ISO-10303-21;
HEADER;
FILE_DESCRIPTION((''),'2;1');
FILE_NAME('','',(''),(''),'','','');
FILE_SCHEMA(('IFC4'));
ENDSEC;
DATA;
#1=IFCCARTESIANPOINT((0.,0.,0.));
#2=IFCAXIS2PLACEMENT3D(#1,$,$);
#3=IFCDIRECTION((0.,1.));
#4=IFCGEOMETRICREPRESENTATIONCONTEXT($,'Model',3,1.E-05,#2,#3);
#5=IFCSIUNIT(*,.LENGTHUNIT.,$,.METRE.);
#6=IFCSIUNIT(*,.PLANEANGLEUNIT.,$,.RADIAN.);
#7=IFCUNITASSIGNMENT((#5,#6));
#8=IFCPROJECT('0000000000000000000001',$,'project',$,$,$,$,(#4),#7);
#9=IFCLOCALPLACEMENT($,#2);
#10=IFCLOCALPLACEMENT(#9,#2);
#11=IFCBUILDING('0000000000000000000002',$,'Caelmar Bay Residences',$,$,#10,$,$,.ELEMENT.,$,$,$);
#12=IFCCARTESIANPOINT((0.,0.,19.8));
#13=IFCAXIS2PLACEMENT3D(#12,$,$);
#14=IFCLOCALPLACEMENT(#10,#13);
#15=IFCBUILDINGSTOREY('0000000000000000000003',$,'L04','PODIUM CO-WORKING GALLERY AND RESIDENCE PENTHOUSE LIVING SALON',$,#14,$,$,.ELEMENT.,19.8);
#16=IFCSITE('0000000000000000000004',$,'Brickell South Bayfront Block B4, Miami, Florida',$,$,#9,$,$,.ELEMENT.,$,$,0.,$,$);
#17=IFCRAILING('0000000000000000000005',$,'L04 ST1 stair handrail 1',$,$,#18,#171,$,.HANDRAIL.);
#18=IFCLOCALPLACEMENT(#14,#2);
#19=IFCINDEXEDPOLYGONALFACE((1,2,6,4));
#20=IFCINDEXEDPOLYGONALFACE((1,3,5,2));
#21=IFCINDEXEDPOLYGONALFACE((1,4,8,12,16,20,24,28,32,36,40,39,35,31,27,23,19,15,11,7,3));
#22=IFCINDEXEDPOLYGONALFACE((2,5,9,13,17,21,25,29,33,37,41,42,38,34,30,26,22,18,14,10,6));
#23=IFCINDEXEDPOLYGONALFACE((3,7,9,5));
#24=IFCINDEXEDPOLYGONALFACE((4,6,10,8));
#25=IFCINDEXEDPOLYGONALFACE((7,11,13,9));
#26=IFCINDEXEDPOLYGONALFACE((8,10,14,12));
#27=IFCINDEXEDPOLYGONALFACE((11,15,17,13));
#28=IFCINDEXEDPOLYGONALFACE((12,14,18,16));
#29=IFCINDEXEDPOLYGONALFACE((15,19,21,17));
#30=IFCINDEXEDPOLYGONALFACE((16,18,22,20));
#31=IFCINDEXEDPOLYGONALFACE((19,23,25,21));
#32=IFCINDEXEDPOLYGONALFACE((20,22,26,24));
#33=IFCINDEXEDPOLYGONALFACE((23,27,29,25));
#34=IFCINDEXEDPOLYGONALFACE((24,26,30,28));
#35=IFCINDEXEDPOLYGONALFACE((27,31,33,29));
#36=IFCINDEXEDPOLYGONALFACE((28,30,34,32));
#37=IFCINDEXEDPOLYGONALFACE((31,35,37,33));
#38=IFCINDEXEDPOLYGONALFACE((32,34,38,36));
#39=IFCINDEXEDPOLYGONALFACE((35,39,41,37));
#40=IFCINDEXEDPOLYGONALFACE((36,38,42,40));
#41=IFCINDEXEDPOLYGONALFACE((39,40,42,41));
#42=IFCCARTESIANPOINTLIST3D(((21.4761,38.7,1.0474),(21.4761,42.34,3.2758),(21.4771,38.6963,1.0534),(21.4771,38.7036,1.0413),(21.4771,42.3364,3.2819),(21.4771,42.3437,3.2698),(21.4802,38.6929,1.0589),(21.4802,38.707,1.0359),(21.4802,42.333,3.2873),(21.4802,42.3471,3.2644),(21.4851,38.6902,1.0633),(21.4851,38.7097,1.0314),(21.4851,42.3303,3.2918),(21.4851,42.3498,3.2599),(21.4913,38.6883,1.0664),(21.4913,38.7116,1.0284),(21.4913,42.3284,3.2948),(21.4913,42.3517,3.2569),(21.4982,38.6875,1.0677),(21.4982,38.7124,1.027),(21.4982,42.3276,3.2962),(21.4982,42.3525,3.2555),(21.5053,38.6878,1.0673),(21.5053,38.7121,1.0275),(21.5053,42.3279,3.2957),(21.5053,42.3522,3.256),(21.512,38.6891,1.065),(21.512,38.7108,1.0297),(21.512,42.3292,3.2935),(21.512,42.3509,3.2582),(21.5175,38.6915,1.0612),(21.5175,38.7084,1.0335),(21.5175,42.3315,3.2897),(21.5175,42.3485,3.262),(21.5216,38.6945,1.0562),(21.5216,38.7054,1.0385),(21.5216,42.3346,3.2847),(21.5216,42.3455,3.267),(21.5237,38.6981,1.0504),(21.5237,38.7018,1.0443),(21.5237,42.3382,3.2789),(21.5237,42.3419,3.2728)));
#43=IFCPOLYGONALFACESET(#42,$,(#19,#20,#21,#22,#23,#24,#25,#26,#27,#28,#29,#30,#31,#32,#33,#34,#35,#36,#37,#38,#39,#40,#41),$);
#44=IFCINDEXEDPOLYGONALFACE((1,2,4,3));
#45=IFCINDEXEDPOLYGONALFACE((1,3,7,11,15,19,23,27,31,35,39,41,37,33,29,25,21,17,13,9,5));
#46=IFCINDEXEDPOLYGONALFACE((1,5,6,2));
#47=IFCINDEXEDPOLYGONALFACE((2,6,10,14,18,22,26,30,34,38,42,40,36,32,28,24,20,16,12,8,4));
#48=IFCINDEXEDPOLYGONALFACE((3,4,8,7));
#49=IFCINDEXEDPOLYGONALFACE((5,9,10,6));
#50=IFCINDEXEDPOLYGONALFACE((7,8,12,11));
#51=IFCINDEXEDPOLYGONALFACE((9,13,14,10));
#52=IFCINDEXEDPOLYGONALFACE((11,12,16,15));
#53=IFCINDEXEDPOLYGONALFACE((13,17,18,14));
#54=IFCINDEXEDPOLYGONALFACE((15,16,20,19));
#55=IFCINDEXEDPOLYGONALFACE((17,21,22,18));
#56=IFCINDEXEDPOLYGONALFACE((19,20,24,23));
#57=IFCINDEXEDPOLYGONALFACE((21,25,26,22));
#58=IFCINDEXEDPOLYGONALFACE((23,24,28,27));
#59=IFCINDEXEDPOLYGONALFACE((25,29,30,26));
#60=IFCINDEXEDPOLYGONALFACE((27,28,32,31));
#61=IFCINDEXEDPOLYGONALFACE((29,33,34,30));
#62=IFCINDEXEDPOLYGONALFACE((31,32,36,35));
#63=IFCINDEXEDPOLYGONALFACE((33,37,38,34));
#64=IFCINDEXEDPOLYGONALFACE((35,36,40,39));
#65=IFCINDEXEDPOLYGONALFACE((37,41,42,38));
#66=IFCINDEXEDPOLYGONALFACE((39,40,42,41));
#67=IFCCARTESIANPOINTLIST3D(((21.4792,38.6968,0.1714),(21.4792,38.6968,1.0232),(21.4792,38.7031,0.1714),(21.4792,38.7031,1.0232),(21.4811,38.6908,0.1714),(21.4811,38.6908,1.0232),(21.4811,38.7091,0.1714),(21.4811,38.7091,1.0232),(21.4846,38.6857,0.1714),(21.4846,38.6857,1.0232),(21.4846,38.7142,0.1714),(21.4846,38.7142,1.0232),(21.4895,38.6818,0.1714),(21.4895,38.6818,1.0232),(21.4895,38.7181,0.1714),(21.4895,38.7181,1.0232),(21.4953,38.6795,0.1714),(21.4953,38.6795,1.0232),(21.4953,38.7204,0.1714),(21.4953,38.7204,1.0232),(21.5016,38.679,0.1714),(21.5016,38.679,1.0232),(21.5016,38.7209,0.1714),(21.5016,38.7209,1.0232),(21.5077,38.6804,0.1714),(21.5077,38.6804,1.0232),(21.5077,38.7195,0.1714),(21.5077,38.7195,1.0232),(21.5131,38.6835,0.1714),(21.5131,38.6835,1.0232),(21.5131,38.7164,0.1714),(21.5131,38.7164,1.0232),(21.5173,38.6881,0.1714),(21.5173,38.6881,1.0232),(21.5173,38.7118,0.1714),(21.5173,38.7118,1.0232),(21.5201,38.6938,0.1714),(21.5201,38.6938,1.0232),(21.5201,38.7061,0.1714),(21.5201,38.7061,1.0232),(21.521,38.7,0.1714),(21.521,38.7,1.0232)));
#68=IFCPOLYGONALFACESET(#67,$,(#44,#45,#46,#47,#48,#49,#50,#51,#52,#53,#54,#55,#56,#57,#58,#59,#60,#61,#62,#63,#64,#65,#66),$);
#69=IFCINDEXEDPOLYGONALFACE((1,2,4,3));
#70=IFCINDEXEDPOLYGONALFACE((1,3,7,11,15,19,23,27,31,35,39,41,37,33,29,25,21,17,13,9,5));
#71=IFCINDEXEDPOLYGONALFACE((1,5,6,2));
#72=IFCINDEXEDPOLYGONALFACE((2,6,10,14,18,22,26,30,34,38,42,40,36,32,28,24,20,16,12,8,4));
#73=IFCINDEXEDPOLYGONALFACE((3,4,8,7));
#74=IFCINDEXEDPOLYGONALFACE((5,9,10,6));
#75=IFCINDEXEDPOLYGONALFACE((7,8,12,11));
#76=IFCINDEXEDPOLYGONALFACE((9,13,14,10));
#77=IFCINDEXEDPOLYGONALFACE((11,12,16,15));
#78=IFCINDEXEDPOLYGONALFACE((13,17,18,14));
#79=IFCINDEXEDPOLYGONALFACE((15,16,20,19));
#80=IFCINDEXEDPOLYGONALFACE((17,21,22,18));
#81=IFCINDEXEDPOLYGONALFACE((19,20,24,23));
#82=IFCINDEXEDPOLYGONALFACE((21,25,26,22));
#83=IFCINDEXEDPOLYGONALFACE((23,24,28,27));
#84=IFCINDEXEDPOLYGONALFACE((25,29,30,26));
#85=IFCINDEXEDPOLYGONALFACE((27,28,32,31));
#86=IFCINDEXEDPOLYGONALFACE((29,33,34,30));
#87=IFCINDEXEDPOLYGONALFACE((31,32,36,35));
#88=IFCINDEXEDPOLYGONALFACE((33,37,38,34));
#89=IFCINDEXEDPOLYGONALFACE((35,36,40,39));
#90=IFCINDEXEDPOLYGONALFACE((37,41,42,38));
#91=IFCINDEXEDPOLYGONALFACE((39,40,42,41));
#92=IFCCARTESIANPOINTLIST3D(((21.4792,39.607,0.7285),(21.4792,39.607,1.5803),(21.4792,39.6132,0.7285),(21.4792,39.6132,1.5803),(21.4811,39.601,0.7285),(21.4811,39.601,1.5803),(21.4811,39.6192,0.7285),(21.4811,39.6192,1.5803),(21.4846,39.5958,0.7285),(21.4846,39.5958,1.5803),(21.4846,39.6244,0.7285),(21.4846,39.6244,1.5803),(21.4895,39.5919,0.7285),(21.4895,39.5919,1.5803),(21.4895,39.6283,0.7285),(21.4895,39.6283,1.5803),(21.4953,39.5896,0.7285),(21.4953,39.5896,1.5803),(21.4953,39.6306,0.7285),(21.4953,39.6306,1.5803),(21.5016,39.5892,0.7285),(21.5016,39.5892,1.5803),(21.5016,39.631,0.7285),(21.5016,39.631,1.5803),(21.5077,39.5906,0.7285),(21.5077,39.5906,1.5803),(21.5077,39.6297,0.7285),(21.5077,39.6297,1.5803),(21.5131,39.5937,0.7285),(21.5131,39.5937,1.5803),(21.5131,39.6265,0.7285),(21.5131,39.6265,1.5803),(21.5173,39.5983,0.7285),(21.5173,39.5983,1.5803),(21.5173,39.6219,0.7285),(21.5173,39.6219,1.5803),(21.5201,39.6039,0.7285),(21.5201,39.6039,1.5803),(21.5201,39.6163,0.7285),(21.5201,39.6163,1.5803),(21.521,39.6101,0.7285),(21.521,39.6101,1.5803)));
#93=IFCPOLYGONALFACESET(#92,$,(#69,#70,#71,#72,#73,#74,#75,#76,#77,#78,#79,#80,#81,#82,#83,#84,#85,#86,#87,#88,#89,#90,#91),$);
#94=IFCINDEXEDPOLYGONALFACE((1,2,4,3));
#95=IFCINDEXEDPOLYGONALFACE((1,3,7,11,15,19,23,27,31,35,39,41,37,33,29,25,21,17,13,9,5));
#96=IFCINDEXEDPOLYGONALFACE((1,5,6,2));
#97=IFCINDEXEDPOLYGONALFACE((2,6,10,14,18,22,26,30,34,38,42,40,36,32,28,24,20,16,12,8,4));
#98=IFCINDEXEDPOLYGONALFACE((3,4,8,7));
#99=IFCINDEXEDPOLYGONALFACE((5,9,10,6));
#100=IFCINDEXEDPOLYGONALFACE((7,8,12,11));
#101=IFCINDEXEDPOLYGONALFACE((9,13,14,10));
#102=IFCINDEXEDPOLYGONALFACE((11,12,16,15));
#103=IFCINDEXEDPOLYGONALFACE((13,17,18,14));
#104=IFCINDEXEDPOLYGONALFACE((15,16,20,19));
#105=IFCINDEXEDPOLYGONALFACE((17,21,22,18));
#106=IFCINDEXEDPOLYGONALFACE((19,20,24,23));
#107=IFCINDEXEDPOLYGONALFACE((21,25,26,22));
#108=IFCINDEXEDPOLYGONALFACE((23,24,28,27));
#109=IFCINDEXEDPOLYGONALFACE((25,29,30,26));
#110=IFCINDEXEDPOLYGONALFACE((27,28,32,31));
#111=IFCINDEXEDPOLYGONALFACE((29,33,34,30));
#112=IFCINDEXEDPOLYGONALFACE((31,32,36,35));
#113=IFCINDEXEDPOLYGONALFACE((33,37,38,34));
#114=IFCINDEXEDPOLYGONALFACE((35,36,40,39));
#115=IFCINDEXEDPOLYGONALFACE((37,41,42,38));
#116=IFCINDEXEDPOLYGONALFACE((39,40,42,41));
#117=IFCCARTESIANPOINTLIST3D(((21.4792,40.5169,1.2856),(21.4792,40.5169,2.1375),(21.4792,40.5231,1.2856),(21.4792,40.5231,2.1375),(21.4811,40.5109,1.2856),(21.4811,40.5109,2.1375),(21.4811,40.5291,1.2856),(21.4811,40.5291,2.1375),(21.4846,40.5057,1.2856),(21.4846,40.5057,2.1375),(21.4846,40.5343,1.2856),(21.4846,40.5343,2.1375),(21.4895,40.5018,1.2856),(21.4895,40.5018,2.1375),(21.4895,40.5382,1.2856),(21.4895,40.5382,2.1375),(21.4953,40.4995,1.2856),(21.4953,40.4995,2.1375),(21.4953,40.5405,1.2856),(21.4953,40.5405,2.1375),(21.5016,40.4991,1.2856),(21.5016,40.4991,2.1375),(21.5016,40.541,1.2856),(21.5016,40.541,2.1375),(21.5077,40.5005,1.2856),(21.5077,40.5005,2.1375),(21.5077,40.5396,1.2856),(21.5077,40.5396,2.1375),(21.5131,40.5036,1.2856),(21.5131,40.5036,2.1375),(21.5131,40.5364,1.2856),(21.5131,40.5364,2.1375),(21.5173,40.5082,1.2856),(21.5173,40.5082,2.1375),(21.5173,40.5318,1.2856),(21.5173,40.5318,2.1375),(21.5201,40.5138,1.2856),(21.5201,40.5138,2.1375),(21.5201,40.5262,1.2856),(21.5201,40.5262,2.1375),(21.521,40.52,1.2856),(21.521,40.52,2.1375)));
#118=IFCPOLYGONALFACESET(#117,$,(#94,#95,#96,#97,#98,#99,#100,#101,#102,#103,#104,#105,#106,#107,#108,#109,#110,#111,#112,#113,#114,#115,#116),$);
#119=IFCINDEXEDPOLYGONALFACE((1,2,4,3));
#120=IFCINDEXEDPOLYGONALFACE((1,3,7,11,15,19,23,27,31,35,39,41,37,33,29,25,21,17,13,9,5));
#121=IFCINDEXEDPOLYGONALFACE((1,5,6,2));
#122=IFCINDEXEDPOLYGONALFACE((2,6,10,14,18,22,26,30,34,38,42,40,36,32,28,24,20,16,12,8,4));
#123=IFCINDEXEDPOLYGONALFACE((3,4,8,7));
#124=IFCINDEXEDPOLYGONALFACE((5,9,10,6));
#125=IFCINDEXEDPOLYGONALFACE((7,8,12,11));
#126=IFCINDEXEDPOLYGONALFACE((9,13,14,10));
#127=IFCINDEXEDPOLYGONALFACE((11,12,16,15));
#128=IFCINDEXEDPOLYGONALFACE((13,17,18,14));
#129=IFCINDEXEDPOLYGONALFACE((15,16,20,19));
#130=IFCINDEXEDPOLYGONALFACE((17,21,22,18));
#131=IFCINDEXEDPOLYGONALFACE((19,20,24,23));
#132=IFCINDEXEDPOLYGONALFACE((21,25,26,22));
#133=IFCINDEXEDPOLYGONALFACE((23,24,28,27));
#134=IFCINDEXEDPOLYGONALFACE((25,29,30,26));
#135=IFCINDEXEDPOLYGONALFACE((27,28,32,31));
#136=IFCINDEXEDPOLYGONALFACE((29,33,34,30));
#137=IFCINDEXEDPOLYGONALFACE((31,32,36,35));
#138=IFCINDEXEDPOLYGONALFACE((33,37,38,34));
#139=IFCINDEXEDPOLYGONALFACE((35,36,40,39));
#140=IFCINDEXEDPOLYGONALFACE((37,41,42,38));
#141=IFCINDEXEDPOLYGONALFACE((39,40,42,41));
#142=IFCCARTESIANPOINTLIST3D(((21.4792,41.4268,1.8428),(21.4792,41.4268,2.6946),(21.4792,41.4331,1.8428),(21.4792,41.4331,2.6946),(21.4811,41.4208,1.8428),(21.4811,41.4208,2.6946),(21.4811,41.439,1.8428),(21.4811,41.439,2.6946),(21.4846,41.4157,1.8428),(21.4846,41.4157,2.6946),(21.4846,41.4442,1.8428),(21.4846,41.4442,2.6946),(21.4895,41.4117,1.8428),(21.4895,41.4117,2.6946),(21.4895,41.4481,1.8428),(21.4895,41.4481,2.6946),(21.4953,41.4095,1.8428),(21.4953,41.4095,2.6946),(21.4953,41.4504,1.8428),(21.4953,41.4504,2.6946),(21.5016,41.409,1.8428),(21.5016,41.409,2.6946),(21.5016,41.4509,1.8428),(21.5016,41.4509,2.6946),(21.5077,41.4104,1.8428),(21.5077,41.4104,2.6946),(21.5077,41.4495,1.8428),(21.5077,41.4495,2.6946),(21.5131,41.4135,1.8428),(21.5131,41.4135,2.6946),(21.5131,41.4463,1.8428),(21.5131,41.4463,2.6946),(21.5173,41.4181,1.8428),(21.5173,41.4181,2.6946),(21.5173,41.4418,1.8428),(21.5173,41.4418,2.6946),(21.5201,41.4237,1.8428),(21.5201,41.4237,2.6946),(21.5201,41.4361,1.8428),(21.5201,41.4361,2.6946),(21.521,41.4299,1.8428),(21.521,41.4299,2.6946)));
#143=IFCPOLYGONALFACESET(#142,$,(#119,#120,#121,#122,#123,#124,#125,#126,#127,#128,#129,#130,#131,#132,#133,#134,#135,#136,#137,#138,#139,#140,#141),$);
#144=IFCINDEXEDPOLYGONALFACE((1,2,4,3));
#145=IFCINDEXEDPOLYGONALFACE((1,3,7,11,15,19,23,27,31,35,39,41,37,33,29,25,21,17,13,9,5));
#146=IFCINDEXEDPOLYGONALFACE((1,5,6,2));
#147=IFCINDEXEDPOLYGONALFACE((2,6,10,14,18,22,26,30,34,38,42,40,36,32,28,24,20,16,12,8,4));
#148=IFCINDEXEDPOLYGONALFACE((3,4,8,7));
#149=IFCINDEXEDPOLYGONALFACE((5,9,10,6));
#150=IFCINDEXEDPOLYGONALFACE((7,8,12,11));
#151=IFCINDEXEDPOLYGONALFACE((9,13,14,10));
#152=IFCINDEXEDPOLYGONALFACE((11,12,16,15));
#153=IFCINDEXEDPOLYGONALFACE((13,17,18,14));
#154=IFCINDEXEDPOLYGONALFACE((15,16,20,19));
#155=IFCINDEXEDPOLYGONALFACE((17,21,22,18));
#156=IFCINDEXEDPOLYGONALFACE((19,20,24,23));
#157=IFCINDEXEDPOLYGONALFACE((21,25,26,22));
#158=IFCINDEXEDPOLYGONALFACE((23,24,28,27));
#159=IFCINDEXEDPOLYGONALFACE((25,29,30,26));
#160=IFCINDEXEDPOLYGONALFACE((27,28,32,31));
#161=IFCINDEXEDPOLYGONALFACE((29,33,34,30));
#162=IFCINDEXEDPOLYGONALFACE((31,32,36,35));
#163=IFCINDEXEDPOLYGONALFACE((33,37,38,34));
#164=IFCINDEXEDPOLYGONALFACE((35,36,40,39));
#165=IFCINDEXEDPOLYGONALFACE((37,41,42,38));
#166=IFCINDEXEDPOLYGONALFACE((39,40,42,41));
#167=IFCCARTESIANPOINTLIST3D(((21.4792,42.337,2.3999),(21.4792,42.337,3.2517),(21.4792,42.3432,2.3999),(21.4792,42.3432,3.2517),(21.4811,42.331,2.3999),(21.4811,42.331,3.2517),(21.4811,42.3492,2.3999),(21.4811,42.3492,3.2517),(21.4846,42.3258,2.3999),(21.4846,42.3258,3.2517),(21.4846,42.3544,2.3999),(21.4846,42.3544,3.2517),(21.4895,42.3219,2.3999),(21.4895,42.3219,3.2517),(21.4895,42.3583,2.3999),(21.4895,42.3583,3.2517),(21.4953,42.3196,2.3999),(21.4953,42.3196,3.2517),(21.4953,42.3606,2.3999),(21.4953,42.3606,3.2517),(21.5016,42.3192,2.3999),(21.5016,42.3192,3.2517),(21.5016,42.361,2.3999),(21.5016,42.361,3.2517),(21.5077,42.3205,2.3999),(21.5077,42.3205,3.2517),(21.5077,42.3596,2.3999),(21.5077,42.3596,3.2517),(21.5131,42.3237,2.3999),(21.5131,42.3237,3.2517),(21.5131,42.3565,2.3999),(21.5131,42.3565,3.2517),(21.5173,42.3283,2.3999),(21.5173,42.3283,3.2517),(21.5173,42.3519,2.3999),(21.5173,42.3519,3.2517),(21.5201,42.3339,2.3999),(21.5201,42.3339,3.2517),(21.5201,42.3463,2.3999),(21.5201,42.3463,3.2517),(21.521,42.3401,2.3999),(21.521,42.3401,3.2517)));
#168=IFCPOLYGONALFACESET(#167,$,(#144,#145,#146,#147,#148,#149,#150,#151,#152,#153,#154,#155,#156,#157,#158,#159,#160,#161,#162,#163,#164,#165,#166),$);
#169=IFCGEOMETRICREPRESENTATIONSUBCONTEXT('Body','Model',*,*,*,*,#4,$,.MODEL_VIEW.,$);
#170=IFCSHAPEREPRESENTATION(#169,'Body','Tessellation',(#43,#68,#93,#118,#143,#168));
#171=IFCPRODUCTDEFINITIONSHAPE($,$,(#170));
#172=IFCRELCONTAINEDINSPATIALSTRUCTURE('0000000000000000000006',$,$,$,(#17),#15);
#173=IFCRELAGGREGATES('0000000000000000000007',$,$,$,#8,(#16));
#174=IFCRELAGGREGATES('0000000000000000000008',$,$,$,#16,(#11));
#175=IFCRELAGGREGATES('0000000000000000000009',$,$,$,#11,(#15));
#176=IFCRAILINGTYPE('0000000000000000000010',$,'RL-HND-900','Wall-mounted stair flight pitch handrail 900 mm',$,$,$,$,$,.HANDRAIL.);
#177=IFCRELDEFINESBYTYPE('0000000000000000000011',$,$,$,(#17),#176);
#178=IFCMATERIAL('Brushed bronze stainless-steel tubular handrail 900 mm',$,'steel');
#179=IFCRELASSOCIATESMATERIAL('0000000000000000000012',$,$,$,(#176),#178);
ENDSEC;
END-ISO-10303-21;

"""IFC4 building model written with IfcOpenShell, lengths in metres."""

from ifc_helpers import new_model, si_unit, direction, frame, origin, origin_2d, place, context, subcontext, project, spatial, circle, extrude, material, type_object, element, save


model = new_model("IFC4")

# Units and contexts
model_context = context("Model", 3, precision=1e-05, world=origin(), true_north=direction((0.0, 1.0)))
body_context = subcontext(model_context, "Body", "Model", "MODEL_VIEW")
ifc_project = project(units=[si_unit("LENGTHUNIT", "METRE"), si_unit("PLANEANGLEUNIT", "RADIAN")], contexts=[model_context])

# Site, building, storey
site_placement = place(None, origin())
site = spatial("IfcSite", under=ifc_project, at=site_placement, Name="Brickell South Bayfront Block B4, Miami, Florida", CompositionType="ELEMENT", RefElevation=0.0)
building_placement = place(site_placement, origin())
building = spatial("IfcBuilding", under=site, at=building_placement, Name="Caelmar Bay Residences", CompositionType="ELEMENT")
storey_placement = place(building_placement, frame((0.0, 0.0, 19.8)))
storey = spatial("IfcBuildingStorey", under=building, at=storey_placement, Name="L04", Description="PODIUM CO-WORKING GALLERY AND RESIDENCE PENTHOUSE LIVING SALON", CompositionType="ELEMENT", Elevation=19.8)

# Railing
ifc_material_1 = material(Name="Brushed bronze stainless-steel tubular handrail 900 mm", Category="steel")
railing_type_1 = type_object("IfcRailingType", Name="RL-HND-900", Description="Wall-mounted stair flight pitch handrail 900 mm", PredefinedType="HANDRAIL", material=ifc_material_1)
railing_1_placement = place(storey_placement, frame((21.5, 38.7, 0.1714)))
element("IfcRailing", 1, at=railing_1_placement, inside=storey, type_object=railing_type_1, Name="L04 ST1 stair handrail 1", PredefinedType="HANDRAIL", context=body_context, shape_type="SweptSolid", body=[
    extrude(circle(Radius=0.0239, at=origin_2d()), frame((0.0, 0.0, 0.876), z_axis=(0.0, 0.852866, 0.52213), x_axis=(-1.0, 0.0, 0.0)), (0.0, 0.0, 1.0), 4.2681),
    extrude(circle(Radius=0.021, at=origin_2d()), origin(), (0.0, 0.0, 1.0), 0.8518),
    extrude(circle(Radius=0.021, at=origin_2d()), frame((0.0, 0.9102, 0.5571)), (0.0, 0.0, 1.0), 0.8518),
    extrude(circle(Radius=0.021, at=origin_2d()), frame((0.0, 1.8201, 1.1143)), (0.0, 0.0, 1.0), 0.8518),
    extrude(circle(Radius=0.021, at=origin_2d()), frame((0.0, 2.73, 1.6714)), (0.0, 0.0, 1.0), 0.8518),
    extrude(circle(Radius=0.021, at=origin_2d()), frame((0.0, 3.6401, 2.2285)), (0.0, 0.0, 1.0), 0.8518),
])

save(model, "model.ifc")
